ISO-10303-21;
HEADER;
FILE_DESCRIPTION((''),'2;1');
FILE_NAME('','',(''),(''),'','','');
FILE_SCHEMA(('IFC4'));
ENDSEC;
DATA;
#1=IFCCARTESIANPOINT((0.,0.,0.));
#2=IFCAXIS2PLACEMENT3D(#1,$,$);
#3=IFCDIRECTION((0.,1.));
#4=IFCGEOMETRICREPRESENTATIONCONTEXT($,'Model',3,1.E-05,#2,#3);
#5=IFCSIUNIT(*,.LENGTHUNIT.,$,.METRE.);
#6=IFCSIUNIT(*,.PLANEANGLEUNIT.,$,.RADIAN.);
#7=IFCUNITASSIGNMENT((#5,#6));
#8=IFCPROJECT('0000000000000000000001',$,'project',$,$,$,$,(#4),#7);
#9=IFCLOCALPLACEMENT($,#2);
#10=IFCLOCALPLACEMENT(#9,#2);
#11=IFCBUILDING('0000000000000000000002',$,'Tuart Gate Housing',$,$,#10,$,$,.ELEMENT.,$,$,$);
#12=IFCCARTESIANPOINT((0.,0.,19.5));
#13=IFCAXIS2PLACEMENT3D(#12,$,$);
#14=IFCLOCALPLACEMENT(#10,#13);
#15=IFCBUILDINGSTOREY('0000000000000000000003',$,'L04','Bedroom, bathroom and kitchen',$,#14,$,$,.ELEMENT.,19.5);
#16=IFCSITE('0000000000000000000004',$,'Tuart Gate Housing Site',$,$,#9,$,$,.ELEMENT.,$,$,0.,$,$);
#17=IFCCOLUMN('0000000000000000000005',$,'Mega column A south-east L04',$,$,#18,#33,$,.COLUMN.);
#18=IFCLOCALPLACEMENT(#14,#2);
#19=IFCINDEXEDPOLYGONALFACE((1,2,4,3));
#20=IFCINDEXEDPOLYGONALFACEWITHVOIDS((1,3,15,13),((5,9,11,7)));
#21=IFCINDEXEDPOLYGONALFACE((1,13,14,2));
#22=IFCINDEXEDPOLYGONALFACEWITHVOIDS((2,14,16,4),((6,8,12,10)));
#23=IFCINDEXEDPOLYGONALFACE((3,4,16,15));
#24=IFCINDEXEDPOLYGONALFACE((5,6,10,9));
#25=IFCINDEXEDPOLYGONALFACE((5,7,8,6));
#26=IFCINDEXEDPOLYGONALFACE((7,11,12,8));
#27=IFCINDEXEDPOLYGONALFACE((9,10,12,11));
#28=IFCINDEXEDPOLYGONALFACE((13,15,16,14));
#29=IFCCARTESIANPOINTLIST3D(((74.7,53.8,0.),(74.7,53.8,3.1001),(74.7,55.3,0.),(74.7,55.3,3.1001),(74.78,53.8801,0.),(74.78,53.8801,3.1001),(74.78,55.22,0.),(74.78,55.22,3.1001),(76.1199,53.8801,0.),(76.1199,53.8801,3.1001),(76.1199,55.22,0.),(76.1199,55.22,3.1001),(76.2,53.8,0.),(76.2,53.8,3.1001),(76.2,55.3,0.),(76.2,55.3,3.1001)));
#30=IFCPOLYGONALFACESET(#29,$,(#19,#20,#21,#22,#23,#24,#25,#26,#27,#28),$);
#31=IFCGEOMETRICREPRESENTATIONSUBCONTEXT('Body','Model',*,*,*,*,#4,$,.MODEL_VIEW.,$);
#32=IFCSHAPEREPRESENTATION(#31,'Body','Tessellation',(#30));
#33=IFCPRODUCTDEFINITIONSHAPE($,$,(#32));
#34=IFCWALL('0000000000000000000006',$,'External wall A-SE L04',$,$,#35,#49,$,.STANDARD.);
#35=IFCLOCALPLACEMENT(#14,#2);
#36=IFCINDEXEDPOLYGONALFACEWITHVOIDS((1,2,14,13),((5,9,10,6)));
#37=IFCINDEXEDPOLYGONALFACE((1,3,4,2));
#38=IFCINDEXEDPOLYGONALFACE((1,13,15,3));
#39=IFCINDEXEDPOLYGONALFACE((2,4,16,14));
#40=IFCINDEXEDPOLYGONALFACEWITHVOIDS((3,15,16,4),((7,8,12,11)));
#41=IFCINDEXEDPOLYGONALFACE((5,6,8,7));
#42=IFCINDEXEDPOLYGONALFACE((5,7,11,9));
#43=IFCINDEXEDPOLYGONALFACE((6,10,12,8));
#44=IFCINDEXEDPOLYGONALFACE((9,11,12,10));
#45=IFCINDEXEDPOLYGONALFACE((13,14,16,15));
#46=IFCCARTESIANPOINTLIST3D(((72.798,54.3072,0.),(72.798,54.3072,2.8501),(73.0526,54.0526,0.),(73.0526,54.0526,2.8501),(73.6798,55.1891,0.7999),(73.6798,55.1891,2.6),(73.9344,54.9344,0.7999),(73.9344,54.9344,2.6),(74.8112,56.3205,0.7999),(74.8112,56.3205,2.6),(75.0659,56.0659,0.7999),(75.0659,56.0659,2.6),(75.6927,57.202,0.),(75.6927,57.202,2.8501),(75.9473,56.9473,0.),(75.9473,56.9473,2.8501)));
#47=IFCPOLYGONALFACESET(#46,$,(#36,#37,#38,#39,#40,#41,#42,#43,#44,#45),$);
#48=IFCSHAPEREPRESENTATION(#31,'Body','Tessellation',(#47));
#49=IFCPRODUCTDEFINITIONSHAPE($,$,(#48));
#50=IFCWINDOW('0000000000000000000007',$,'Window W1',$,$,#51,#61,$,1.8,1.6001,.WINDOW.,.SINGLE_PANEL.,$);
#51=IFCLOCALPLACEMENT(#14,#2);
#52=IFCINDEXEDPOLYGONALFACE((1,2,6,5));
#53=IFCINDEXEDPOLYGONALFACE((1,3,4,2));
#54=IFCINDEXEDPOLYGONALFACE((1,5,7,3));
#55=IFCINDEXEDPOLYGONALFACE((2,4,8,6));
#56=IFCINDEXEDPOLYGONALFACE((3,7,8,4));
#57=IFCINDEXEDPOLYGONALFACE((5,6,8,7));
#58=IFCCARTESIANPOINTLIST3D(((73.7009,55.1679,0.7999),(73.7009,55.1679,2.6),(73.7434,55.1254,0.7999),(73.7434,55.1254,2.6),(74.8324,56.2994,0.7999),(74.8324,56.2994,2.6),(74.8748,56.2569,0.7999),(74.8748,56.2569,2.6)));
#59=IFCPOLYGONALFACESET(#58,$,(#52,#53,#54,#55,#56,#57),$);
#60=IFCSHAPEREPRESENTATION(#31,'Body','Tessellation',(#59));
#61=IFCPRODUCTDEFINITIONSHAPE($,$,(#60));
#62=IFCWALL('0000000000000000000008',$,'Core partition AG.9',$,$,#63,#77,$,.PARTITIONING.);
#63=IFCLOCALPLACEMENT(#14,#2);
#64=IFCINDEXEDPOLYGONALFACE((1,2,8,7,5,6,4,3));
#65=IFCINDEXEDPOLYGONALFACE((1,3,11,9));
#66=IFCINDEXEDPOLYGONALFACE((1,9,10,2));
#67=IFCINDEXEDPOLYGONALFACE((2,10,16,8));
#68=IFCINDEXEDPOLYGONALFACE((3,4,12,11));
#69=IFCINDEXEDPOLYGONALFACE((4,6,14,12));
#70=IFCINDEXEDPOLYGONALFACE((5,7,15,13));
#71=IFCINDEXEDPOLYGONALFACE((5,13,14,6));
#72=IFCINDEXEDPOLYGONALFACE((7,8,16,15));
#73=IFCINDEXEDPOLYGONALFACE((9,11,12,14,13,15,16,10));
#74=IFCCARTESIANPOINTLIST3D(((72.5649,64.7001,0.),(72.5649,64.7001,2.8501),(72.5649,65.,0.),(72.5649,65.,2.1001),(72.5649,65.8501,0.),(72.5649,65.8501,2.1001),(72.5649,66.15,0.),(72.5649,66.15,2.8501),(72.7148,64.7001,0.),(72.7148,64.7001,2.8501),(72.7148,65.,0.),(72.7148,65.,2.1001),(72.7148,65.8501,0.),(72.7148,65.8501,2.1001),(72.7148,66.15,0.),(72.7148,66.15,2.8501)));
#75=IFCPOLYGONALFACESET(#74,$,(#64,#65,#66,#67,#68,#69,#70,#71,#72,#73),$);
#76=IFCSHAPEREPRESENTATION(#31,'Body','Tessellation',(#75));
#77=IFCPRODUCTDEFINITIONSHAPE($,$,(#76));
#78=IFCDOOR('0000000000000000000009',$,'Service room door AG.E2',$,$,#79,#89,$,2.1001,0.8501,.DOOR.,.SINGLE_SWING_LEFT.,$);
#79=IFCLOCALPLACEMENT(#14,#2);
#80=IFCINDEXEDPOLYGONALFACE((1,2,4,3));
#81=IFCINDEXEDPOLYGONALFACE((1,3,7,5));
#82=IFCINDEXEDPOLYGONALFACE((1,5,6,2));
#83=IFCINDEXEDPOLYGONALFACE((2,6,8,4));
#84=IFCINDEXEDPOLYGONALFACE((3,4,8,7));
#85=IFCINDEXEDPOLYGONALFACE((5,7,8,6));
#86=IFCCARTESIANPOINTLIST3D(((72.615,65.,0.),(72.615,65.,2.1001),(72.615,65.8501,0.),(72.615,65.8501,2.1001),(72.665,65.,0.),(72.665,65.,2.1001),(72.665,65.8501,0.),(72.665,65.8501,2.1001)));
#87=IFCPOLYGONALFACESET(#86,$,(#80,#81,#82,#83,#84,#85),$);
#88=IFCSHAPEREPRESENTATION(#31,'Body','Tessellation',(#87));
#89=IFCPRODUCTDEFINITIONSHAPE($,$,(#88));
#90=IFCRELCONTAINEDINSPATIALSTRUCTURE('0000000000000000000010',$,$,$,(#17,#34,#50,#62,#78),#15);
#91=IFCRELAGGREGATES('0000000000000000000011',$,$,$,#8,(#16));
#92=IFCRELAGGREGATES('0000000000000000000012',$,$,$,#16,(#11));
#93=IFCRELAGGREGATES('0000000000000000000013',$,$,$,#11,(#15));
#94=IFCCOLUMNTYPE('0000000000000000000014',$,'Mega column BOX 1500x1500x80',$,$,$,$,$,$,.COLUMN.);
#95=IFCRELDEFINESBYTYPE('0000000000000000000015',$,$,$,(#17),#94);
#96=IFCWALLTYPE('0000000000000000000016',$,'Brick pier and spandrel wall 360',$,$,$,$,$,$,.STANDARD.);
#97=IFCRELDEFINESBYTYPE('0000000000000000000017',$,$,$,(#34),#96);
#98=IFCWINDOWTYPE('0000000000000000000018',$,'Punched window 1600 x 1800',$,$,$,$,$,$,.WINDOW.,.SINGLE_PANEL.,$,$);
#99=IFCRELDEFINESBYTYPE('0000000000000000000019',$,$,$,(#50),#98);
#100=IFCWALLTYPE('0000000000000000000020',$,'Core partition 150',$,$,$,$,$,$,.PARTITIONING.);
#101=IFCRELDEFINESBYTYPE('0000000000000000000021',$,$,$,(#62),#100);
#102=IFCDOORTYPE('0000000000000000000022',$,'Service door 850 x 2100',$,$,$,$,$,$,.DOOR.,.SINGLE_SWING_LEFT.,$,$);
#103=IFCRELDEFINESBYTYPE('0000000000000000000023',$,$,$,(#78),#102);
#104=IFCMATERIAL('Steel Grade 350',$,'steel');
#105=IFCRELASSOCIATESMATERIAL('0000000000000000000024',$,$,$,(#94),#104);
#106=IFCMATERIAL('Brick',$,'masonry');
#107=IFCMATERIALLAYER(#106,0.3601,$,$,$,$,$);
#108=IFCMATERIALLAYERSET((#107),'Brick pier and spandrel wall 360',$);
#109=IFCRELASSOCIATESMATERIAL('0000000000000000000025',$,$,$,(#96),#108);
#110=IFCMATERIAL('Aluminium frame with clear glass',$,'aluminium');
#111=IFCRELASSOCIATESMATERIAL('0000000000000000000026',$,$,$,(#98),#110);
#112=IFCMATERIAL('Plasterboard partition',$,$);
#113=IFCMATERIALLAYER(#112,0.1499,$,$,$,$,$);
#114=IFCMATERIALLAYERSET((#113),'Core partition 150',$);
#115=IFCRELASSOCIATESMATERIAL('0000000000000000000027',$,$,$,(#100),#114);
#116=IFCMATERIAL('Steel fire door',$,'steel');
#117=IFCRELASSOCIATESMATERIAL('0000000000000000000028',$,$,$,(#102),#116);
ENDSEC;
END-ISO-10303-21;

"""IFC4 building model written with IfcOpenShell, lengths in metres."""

from ifc_helpers import new_model, si_unit, direction, frame, frame_2d, origin, origin_2d, place, context, subcontext, project, spatial, rectangle, hollow_rectangle, extrude, material, layer, layer_set, material_profile, profile_set, type_object, element, fill, save


model = new_model("IFC4")

# Units and contexts
model_context = context("Model", 3, precision=1e-05, world=origin(), true_north=direction((0.0, 1.0)))
body_context = subcontext(model_context, "Body", "Model", "MODEL_VIEW")
ifc_project = project(units=[si_unit("LENGTHUNIT", "METRE"), si_unit("PLANEANGLEUNIT", "RADIAN")], contexts=[model_context])

# Site, building, storey
site_placement = place(None, origin())
site = spatial("IfcSite", under=ifc_project, at=site_placement, Name="Tuart Gate Housing Site", CompositionType="ELEMENT", RefElevation=0.0)
building_placement = place(site_placement, origin())
building = spatial("IfcBuilding", under=site, at=building_placement, Name="Tuart Gate Housing", CompositionType="ELEMENT")
storey_placement = place(building_placement, frame((0.0, 0.0, 19.5)))
storey = spatial("IfcBuildingStorey", under=building, at=storey_placement, Name="L04", Description="Bedroom, bathroom and kitchen", CompositionType="ELEMENT", Elevation=19.5)

# Column
ifc_material_1 = material(Name="Steel Grade 350", Category="steel")
ifc_material_profile = material_profile(ifc_material_1, hollow_rectangle(XDim=1.5, YDim=1.5, WallThickness=0.0801, at=origin_2d()), Name="BOX 1500x1500x80")
ifc_profile_set = profile_set([ifc_material_profile], Name="Steel Grade 350")
column_type = type_object("IfcColumnType", Name="Mega column BOX 1500x1500x80", PredefinedType="COLUMN", material=ifc_profile_set)
column_placement = place(storey_placement, frame((75.45, 54.55, 0.0), z_axis=(0.0, 0.0, 1.0), x_axis=(1.0, 0.0, 0.0)))
element("IfcColumn", 1, at=column_placement, inside=storey, type_object=column_type, Name="Mega column A south-east L04", PredefinedType="COLUMN", context=body_context, shape_type="SweptSolid", body=[
    extrude(hollow_rectangle(XDim=1.5, YDim=1.5, WallThickness=0.0801, at=origin_2d()), origin(), (0.0, 0.0, 1.0), 3.1001),
])

# Wall, opening, window
ifc_material_2 = material(Name="Brick", Category="masonry")
ifc_layer_1 = layer(ifc_material_2, 0.3601)
ifc_layer_set_1 = layer_set([ifc_layer_1], Name="Brick pier and spandrel wall 360")
wall_type_1 = type_object("IfcWallType", Name="Brick pier and spandrel wall 360", PredefinedType="STANDARD", material=ifc_layer_set_1)
wall_1_placement = place(storey_placement, frame((72.9253, 54.1799, 0.0), z_axis=(0.0, 0.0, 1.0), x_axis=(0.707107, 0.707107, 0.0)))
wall_1 = element("IfcWall", 2, at=wall_1_placement, inside=storey, type_object=wall_type_1, Name="External wall A-SE L04", PredefinedType="STANDARD", context=body_context, shape_type="SweptSolid", body=[
    extrude(rectangle(XDim=4.0938, YDim=0.3601, at=frame_2d((2.0469, 0.0))), origin(), (0.0, 0.0, 1.0), 2.8501),
])
opening_1_placement = place(wall_1_placement, frame((1.2471, 0.0, 0.8)))
opening_1 = element("IfcOpeningElement", 3, at=opening_1_placement, cuts=wall_1, PredefinedType="OPENING", context=body_context, shape_type="SweptSolid", body=[
    extrude(rectangle(XDim=1.6001, YDim=1.8, at=frame_2d((0.8, 0.8999))), frame((0.0, 0.1899, 0.0), z_axis=(0.0, -1.0, 0.0), x_axis=(1.0, 0.0, 0.0)), (0.0, 0.0, 1.0), 0.3801),
])
ifc_material_3 = material(Name="Aluminium frame with clear glass", Category="aluminium")
window_type = type_object("IfcWindowType", Name="Punched window 1600 x 1800", PartitioningType="SINGLE_PANEL", PredefinedType="WINDOW", material=ifc_material_3)
window_placement = place(opening_1_placement, origin())
window = element("IfcWindow", 4, at=window_placement, inside=storey, type_object=window_type, Name="Window W1", OverallHeight=1.8, OverallWidth=1.6001, PartitioningType="SINGLE_PANEL", PredefinedType="WINDOW", context=body_context, shape_type="SweptSolid", body=[
    extrude(rectangle(XDim=1.6001, YDim=1.8, at=frame_2d((0.8, 0.8999))), frame((0.0, 0.1501, 0.0), z_axis=(0.0, -1.0, 0.0), x_axis=(1.0, 0.0, 0.0)), (0.0, 0.0, 1.0), 0.0601),
])
fill(opening_1, window)

# Wall, opening, door
ifc_material_4 = material(Name="Plasterboard partition")
ifc_layer_2 = layer(ifc_material_4, 0.1499)
ifc_layer_set_2 = layer_set([ifc_layer_2], Name="Core partition 150")
wall_type_2 = type_object("IfcWallType", Name="Core partition 150", PredefinedType="PARTITIONING", material=ifc_layer_set_2)
wall_2_placement = place(storey_placement, frame((72.6399, 64.7, 0.0), z_axis=(0.0, 0.0, 1.0), x_axis=(0.0, 1.0, 0.0)))
wall_2 = element("IfcWall", 5, at=wall_2_placement, inside=storey, type_object=wall_type_2, Name="Core partition AG.9", PredefinedType="PARTITIONING", context=body_context, shape_type="SweptSolid", body=[
    extrude(rectangle(XDim=1.45, YDim=0.1499, at=frame_2d((0.7251, 0.0))), origin(), (0.0, 0.0, 1.0), 2.8501),
])
opening_2_placement = place(wall_2_placement, frame((0.3, 0.0, 0.0)))
opening_2 = element("IfcOpeningElement", 6, at=opening_2_placement, cuts=wall_2, PredefinedType="OPENING", context=body_context, shape_type="SweptSolid", body=[
    extrude(rectangle(XDim=0.8501, YDim=2.1001, at=frame_2d((0.425, 1.05))), frame((0.0, 0.085, 0.0), z_axis=(0.0, -1.0, 0.0), x_axis=(1.0, 0.0, 0.0)), (0.0, 0.0, 1.0), 0.1699),
])
ifc_material_5 = material(Name="Steel fire door", Category="steel")
door_type = type_object("IfcDoorType", Name="Service door 850 x 2100", OperationType="SINGLE_SWING_LEFT", PredefinedType="DOOR", material=ifc_material_5)
door_placement = place(opening_2_placement, origin())
door = element("IfcDoor", 7, at=door_placement, inside=storey, type_object=door_type, Name="Service room door AG.E2", OperationType="SINGLE_SWING_LEFT", OverallHeight=2.1001, OverallWidth=0.8501, PredefinedType="DOOR", context=body_context, shape_type="SweptSolid", body=[
    extrude(rectangle(XDim=0.8501, YDim=2.1001, at=frame_2d((0.425, 1.05))), frame((0.0, 0.0249, 0.0), z_axis=(0.0, -1.0, 0.0), x_axis=(1.0, 0.0, 0.0)), (0.0, 0.0, 1.0), 0.05),
])
fill(opening_2, door)

save(model, "model.ifc")
